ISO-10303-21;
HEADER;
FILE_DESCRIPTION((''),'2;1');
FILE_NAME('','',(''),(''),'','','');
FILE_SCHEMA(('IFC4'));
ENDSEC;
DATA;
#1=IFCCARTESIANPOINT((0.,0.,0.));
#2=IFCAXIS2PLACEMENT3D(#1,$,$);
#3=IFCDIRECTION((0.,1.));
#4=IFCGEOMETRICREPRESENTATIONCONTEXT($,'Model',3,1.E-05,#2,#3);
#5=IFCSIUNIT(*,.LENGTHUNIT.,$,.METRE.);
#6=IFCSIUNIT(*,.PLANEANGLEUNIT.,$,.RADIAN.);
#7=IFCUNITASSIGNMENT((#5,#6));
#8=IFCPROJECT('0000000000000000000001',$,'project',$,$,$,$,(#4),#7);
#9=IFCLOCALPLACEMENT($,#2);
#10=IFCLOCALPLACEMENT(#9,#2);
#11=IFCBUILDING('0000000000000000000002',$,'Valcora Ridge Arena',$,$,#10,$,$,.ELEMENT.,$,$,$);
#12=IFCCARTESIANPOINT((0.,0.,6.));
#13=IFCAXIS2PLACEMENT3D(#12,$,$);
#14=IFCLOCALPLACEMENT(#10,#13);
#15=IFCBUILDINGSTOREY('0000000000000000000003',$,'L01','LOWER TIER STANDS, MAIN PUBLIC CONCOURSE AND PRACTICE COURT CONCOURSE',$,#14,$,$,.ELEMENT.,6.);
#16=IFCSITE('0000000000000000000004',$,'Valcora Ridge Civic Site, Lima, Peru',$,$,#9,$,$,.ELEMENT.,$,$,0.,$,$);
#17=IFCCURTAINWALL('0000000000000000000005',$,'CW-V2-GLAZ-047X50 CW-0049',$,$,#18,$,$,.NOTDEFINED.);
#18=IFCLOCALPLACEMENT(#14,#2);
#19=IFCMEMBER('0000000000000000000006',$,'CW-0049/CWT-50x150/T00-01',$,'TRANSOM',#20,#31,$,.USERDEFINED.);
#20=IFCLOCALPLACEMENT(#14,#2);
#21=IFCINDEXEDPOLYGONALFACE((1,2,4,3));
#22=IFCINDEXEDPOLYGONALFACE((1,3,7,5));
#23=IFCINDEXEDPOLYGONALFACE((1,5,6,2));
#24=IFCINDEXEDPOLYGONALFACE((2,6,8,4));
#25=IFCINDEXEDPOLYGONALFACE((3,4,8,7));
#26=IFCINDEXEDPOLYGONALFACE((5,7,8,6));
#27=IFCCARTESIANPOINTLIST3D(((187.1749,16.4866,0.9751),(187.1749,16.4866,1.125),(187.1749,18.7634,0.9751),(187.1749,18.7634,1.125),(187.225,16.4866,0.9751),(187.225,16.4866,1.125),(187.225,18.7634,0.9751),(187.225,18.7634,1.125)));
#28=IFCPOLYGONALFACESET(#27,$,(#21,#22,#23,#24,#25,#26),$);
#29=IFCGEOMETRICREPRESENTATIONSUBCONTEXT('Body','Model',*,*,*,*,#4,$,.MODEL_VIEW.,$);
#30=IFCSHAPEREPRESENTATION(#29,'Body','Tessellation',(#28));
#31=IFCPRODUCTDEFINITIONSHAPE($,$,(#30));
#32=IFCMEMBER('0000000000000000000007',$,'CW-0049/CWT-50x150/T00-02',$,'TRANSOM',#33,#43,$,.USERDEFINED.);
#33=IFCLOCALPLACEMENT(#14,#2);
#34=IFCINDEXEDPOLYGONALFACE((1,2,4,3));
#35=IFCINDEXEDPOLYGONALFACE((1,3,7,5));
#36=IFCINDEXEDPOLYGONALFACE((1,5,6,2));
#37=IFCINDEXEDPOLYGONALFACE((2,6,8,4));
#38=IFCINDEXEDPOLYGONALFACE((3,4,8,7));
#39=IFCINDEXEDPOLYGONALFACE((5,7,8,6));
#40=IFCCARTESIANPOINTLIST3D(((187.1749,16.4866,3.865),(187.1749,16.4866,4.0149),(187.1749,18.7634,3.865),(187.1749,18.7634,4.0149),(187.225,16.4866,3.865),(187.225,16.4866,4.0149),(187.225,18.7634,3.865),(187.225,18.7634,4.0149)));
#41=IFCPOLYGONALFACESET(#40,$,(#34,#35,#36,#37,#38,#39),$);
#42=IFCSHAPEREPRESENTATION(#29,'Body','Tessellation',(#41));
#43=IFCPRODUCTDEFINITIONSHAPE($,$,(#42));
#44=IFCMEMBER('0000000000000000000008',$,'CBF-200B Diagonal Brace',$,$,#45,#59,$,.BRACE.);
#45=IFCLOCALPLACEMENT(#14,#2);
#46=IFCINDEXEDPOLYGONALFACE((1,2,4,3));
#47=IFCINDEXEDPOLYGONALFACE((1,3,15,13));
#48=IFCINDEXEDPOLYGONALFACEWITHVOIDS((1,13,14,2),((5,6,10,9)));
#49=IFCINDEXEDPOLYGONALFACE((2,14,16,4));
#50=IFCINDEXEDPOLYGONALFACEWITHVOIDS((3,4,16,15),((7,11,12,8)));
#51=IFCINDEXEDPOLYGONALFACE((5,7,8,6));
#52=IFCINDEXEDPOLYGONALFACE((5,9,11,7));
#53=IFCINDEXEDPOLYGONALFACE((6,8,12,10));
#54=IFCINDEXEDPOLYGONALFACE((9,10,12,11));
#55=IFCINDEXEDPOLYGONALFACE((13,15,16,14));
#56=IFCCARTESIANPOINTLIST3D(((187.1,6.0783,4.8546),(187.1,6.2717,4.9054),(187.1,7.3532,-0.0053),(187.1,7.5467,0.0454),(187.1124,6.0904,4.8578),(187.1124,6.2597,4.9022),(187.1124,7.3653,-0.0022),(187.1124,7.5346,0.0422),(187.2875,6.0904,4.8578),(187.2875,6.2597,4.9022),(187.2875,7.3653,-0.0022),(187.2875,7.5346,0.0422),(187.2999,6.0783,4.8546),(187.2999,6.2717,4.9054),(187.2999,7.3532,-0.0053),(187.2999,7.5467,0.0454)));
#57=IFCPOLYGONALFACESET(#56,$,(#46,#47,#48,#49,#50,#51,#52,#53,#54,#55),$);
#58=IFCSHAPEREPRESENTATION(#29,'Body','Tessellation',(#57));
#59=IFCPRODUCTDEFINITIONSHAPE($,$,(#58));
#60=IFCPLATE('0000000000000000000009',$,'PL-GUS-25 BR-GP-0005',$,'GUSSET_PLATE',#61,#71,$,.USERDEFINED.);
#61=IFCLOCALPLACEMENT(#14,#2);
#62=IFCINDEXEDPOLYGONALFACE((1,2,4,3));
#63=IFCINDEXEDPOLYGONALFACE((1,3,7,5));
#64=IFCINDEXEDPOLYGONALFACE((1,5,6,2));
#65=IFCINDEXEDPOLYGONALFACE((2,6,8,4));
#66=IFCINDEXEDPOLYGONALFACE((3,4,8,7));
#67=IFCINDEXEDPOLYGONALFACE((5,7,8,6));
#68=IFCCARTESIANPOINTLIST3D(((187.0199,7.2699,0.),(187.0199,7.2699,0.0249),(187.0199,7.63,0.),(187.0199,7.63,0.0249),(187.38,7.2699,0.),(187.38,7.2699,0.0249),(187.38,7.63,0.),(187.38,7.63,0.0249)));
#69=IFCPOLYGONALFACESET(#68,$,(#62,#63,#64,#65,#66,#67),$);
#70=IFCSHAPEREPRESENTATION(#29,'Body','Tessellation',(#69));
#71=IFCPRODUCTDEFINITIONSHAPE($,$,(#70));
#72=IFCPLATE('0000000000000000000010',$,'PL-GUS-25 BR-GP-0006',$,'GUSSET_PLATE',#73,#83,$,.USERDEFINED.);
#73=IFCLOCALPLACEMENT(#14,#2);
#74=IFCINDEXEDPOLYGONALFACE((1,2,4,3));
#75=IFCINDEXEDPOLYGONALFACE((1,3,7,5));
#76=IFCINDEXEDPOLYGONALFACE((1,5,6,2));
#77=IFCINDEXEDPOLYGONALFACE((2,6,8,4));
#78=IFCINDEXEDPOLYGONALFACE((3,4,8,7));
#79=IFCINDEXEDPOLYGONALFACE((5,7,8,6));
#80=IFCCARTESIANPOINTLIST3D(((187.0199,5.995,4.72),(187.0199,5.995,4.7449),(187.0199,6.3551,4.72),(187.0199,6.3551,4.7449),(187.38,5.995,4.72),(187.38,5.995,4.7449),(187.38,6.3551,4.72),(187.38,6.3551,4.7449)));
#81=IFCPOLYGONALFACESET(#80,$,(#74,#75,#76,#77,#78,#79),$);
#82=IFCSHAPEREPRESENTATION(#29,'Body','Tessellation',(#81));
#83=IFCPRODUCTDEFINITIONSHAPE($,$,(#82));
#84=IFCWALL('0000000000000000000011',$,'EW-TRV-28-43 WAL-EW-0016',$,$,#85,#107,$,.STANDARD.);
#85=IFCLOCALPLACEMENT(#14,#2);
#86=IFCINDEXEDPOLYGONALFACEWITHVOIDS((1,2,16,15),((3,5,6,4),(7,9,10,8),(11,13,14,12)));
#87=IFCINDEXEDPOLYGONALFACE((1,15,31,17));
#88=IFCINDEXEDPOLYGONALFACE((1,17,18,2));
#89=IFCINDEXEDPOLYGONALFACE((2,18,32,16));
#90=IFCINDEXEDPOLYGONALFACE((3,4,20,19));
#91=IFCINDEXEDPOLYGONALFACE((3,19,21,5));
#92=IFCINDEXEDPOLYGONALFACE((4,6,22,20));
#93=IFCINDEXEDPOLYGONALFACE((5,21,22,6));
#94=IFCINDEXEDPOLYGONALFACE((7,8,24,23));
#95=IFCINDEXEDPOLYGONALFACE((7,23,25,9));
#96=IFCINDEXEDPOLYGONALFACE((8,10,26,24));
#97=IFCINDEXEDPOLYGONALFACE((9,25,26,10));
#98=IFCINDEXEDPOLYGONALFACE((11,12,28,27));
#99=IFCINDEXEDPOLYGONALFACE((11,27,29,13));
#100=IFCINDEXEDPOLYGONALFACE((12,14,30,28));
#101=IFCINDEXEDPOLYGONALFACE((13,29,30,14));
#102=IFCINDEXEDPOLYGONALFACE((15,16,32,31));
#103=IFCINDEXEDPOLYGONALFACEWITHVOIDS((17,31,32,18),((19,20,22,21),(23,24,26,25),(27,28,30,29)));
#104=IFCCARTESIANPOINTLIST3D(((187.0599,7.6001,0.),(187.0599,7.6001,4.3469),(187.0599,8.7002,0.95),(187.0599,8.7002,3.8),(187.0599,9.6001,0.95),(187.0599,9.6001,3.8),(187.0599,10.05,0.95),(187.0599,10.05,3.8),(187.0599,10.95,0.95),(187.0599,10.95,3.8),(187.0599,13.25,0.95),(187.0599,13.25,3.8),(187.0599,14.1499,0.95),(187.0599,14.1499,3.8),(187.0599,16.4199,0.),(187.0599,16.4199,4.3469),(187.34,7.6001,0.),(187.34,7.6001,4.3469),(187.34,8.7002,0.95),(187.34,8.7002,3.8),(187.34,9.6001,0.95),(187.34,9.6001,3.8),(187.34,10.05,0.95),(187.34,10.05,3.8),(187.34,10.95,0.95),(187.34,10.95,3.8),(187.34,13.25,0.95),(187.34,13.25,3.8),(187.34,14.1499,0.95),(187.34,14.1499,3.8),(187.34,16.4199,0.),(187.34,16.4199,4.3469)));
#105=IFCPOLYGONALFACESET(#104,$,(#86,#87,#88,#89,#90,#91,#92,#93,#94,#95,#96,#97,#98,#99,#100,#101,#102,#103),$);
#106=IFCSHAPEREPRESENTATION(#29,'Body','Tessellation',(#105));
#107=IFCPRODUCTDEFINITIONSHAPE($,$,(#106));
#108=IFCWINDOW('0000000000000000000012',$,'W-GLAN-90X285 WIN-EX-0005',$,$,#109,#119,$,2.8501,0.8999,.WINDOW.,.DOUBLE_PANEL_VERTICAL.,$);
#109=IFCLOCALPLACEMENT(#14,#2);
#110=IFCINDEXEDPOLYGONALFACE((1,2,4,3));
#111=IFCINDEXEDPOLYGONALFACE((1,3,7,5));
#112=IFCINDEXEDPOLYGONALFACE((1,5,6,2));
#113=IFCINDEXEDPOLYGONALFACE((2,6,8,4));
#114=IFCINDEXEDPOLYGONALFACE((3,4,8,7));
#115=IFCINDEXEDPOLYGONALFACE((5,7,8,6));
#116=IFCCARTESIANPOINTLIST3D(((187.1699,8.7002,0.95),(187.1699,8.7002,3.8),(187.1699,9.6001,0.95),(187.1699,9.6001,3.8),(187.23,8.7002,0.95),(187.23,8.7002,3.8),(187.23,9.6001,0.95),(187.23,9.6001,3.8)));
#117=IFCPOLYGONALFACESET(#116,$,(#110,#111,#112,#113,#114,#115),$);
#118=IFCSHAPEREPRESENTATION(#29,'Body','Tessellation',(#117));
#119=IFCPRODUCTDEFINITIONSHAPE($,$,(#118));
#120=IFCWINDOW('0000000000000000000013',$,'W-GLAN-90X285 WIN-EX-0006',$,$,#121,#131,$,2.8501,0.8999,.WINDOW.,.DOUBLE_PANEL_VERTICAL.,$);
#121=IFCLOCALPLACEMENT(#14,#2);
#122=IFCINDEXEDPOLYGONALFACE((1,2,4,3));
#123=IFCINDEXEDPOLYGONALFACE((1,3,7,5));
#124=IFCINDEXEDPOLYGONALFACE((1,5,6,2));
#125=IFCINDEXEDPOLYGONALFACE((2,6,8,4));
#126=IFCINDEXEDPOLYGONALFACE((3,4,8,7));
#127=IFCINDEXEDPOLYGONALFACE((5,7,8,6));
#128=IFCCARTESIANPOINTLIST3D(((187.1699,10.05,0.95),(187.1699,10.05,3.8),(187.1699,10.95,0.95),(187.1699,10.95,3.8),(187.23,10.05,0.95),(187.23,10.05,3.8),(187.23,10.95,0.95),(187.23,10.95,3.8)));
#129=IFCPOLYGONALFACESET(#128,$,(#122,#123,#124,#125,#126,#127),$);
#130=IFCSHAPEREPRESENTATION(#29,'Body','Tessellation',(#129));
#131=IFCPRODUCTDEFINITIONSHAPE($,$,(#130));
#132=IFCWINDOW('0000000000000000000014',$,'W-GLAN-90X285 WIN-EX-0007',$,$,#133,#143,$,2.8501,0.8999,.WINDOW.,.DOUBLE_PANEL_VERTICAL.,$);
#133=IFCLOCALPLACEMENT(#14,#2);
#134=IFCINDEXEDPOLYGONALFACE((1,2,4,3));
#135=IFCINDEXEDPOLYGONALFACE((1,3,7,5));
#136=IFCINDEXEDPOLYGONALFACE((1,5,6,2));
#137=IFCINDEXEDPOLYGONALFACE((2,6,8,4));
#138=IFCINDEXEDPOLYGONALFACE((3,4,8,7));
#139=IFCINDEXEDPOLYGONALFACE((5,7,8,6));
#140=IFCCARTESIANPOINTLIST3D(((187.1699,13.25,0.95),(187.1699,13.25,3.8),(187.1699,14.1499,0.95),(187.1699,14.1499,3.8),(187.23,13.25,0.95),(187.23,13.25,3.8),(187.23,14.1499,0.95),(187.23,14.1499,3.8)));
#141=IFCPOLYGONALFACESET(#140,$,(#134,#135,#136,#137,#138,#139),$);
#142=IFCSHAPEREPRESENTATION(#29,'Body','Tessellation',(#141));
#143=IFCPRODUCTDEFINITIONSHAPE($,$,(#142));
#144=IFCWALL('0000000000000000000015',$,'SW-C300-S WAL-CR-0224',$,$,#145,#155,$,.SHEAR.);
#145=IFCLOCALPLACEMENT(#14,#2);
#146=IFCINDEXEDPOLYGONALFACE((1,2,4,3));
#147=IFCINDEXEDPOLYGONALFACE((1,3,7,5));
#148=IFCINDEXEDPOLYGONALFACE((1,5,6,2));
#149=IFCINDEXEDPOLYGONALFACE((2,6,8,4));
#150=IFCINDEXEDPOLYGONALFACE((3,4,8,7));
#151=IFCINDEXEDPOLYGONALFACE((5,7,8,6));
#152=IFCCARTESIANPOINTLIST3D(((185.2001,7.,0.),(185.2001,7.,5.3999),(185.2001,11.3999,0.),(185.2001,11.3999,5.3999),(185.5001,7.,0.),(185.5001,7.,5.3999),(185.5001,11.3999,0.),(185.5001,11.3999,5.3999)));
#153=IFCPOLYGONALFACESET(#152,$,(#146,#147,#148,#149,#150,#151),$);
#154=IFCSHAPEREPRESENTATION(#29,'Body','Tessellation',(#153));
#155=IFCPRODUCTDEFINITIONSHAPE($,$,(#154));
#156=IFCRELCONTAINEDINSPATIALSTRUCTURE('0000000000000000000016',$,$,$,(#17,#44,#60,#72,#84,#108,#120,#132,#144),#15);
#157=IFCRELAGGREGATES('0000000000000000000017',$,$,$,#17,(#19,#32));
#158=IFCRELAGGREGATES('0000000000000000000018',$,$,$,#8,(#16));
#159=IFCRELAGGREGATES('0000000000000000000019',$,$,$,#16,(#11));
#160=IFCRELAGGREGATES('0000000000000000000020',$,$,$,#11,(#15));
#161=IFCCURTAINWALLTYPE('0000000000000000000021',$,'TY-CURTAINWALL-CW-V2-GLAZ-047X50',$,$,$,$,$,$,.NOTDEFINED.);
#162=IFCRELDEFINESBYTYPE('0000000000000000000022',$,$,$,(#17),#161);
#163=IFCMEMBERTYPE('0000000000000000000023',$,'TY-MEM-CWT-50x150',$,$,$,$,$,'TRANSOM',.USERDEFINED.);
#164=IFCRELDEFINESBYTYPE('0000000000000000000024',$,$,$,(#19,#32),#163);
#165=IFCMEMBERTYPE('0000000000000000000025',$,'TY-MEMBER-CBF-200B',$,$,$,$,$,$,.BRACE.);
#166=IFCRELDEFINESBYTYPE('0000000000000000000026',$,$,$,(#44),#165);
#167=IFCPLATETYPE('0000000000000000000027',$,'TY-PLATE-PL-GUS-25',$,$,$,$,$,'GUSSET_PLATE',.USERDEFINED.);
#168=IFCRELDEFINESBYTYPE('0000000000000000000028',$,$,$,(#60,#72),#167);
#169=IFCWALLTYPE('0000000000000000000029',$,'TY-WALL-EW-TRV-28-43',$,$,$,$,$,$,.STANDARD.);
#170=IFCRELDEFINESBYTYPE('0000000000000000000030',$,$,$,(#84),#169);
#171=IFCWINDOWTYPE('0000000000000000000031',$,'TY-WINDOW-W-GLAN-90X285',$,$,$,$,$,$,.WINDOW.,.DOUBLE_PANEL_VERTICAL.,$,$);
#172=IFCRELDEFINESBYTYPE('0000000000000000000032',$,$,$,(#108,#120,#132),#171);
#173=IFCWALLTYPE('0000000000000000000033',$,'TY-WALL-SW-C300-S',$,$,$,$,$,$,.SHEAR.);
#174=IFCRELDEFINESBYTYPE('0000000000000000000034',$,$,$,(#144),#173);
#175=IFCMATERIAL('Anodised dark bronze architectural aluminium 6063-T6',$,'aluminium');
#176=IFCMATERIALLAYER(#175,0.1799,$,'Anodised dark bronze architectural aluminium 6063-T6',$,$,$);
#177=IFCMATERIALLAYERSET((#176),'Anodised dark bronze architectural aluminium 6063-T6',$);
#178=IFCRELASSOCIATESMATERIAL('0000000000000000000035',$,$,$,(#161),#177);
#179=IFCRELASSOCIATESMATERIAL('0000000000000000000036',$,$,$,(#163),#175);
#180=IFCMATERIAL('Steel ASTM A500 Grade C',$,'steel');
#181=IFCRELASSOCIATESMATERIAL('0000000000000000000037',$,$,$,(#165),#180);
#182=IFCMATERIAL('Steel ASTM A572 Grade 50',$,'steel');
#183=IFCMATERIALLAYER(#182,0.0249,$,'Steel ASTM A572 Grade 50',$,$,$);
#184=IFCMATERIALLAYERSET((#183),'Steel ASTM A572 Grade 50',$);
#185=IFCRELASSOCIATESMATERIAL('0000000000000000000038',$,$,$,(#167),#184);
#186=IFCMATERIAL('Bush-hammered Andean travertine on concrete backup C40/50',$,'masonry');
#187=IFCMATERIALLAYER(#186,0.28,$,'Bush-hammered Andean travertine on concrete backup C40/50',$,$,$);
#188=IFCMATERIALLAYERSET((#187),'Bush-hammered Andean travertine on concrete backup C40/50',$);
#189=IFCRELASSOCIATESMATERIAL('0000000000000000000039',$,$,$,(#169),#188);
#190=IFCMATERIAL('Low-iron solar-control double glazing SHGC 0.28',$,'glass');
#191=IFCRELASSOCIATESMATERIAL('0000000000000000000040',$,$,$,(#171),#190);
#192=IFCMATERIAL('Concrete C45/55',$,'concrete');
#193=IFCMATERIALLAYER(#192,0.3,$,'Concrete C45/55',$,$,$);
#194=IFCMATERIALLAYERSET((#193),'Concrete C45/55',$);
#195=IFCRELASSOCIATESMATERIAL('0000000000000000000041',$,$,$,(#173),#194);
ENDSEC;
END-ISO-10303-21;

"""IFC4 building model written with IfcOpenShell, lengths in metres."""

from ifc_helpers import new_model, si_unit, direction, frame, frame_2d, origin, origin_2d, place, context, subcontext, project, spatial, rectangle, hollow_rectangle, extrude, material, layer, layer_set, material_profile, profile_set, type_object, element, fill, aggregate, save


model = new_model("IFC4")

# Units and contexts
model_context = context("Model", 3, precision=1e-05, world=origin(), true_north=direction((0.0, 1.0)))
body_context = subcontext(model_context, "Body", "Model", "MODEL_VIEW")
ifc_project = project(units=[si_unit("LENGTHUNIT", "METRE"), si_unit("PLANEANGLEUNIT", "RADIAN")], contexts=[model_context])

# Site, building, storey
site_placement = place(None, origin())
site = spatial("IfcSite", under=ifc_project, at=site_placement, Name="Valcora Ridge Civic Site, Lima, Peru", CompositionType="ELEMENT", RefElevation=0.0)
building_placement = place(site_placement, origin())
building = spatial("IfcBuilding", under=site, at=building_placement, Name="Valcora Ridge Arena", CompositionType="ELEMENT")
storey_placement = place(building_placement, frame((0.0, 0.0, 6.0)))
storey = spatial("IfcBuildingStorey", under=building, at=storey_placement, Name="L01", Description="LOWER TIER STANDS, MAIN PUBLIC CONCOURSE AND PRACTICE COURT CONCOURSE", CompositionType="ELEMENT", Elevation=6.0)

# Shared definitions
ifc_material_1 = material(Name="Steel ASTM A500 Grade C", Category="steel")
ifc_material_2 = material(Name="Steel ASTM A572 Grade 50", Category="steel")

# Curtain wall, members
ifc_material_3 = material(Name="Anodised dark bronze architectural aluminium 6063-T6", Category="aluminium")
ifc_layer_1 = layer(ifc_material_3, 0.1799, Name="Anodised dark bronze architectural aluminium 6063-T6")
ifc_layer_set_1 = layer_set([ifc_layer_1], Name="Anodised dark bronze architectural aluminium 6063-T6")
curtain_wall_type = type_object("IfcCurtainWallType", Name="TY-CURTAINWALL-CW-V2-GLAZ-047X50", PredefinedType="NOTDEFINED", material=ifc_layer_set_1)
curtain_wall_placement = place(storey_placement, origin())
curtain_wall = element("IfcCurtainWall", 1, at=curtain_wall_placement, inside=storey, type_object=curtain_wall_type, Name="CW-V2-GLAZ-047X50 CW-0049", PredefinedType="NOTDEFINED")
ifc_material_profile_1 = material_profile(ifc_material_3, rectangle(XDim=0.05, YDim=0.1499, at=origin_2d()), Name="ALU TRANSOM 50x150")
ifc_profile_set_1 = profile_set([ifc_material_profile_1], Name="Anodised dark bronze architectural aluminium 6063-T6")
member_type_1 = type_object("IfcMemberType", Name="TY-MEM-CWT-50x150", ElementType="TRANSOM", PredefinedType="USERDEFINED", material=ifc_profile_set_1)
member_1_placement = place(storey_placement, frame((187.2, 16.4866, 1.05), z_axis=(0.0, 1.0, 0.0), x_axis=(-1.0, 0.0, 0.0)))
member_1 = element("IfcMember", 2, at=member_1_placement, type_object=member_type_1, Name="CW-0049/CWT-50x150/T00-01", ObjectType="TRANSOM", PredefinedType="USERDEFINED", context=body_context, shape_type="SweptSolid", body=[
    extrude(rectangle(XDim=0.05, YDim=0.1499, at=origin_2d()), origin(), (0.0, 0.0, 1.0), 2.2769),
])
member_2_placement = place(storey_placement, frame((187.2, 16.4866, 3.9399), z_axis=(0.0, 1.0, 0.0), x_axis=(-1.0, 0.0, 0.0)))
member_2 = element("IfcMember", 3, at=member_2_placement, type_object=member_type_1, Name="CW-0049/CWT-50x150/T00-02", ObjectType="TRANSOM", PredefinedType="USERDEFINED", context=body_context, shape_type="SweptSolid", body=[
    extrude(rectangle(XDim=0.05, YDim=0.1499, at=origin_2d()), origin(), (0.0, 0.0, 1.0), 2.2769),
])
aggregate(curtain_wall, [member_1, member_2])

# Member
ifc_material_profile_2 = material_profile(ifc_material_1, hollow_rectangle(XDim=0.2, YDim=0.2, WallThickness=0.0125, at=origin_2d()), Name="HSS200X200X12")
ifc_profile_set_2 = profile_set([ifc_material_profile_2], Name="Steel ASTM A500 Grade C")
member_type_2 = type_object("IfcMemberType", Name="TY-MEMBER-CBF-200B", PredefinedType="BRACE", material=ifc_profile_set_2)
member_3_placement = place(storey_placement, frame((187.2, 7.45, 0.02), z_axis=(0.0, -0.253747, 0.967271), x_axis=(1.0, 0.0, 0.0)))
element("IfcMember", 4, at=member_3_placement, inside=storey, type_object=member_type_2, Name="CBF-200B Diagonal Brace", PredefinedType="BRACE", context=body_context, shape_type="SweptSolid", body=[
    extrude(hollow_rectangle(XDim=0.2, YDim=0.2, WallThickness=0.0125, at=origin_2d()), origin(), (0.0, 0.0, 1.0), 5.0244),
])

# Plates
ifc_layer_2 = layer(ifc_material_2, 0.0249, Name="Steel ASTM A572 Grade 50")
ifc_layer_set_2 = layer_set([ifc_layer_2], Name="Steel ASTM A572 Grade 50")
plate_type = type_object("IfcPlateType", Name="TY-PLATE-PL-GUS-25", ElementType="GUSSET_PLATE", PredefinedType="USERDEFINED", material=ifc_layer_set_2)
for number, where, z_axis, x_axis, name in (
    (5, (187.2, 7.45, 0.0), (0.0, 0.0, 1.0), (1.0, 0.0, 0.0), "PL-GUS-25 BR-GP-0005"),
    (6, (187.2, 6.175, 4.72), (0.0, 0.0, 1.0), (1.0, 0.0, 0.0), "PL-GUS-25 BR-GP-0006"),
):
    element("IfcPlate", number, at=place(storey_placement, frame(where, z_axis=z_axis, x_axis=x_axis)), inside=storey, type_object=plate_type, Name=name, ObjectType="GUSSET_PLATE", PredefinedType="USERDEFINED", context=body_context, shape_type="SweptSolid", body=[
        extrude(rectangle(XDim=0.3601, YDim=0.3601, at=origin_2d()), origin(), (0.0, 0.0, 1.0), 0.0249),
    ])

# Wall, openings, windows
ifc_material_4 = material(Name="Bush-hammered Andean travertine on concrete backup C40/50", Category="masonry")
ifc_layer_3 = layer(ifc_material_4, 0.28, Name="Bush-hammered Andean travertine on concrete backup C40/50")
ifc_layer_set_3 = layer_set([ifc_layer_3], Name="Bush-hammered Andean travertine on concrete backup C40/50")
wall_type_1 = type_object("IfcWallType", Name="TY-WALL-EW-TRV-28-43", PredefinedType="STANDARD", material=ifc_layer_set_3)
wall_1_placement = place(storey_placement, frame((187.2, 7.6001, 0.0), z_axis=(0.0, 0.0, 1.0), x_axis=(0.0, 1.0, 0.0)))
wall_1 = element("IfcWall", 7, at=wall_1_placement, inside=storey, type_object=wall_type_1, Name="EW-TRV-28-43 WAL-EW-0016", PredefinedType="STANDARD", context=body_context, shape_type="SweptSolid", body=[
    extrude(rectangle(XDim=8.8198, YDim=0.28, at=frame_2d((4.4099, 0.0))), origin(), (0.0, 0.0, 1.0), 4.3469),
])
opening_1_placement = place(wall_1_placement, frame((1.1001, 0.0, 0.95)))
opening_1 = element("IfcOpeningElement", 8, at=opening_1_placement, cuts=wall_1, PredefinedType="OPENING", context=body_context, shape_type="SweptSolid", body=[
    extrude(rectangle(XDim=0.8999, YDim=2.8501, at=frame_2d((0.45, 1.425))), frame((0.0, 0.1499, 0.0), z_axis=(0.0, -1.0, 0.0), x_axis=(1.0, 0.0, 0.0)), (0.0, 0.0, 1.0), 0.3),
])
opening_2_placement = place(wall_1_placement, frame((2.45, 0.0, 0.95)))
opening_2 = element("IfcOpeningElement", 9, at=opening_2_placement, cuts=wall_1, PredefinedType="OPENING", context=body_context, shape_type="SweptSolid", body=[
    extrude(rectangle(XDim=0.8999, YDim=2.8501, at=frame_2d((0.45, 1.425))), frame((0.0, 0.1499, 0.0), z_axis=(0.0, -1.0, 0.0), x_axis=(1.0, 0.0, 0.0)), (0.0, 0.0, 1.0), 0.3),
])
opening_3_placement = place(wall_1_placement, frame((5.6499, 0.0, 0.95)))
opening_3 = element("IfcOpeningElement", 10, at=opening_3_placement, cuts=wall_1, PredefinedType="OPENING", context=body_context, shape_type="SweptSolid", body=[
    extrude(rectangle(XDim=0.8999, YDim=2.8501, at=frame_2d((0.45, 1.425))), frame((0.0, 0.1499, 0.0), z_axis=(0.0, -1.0, 0.0), x_axis=(1.0, 0.0, 0.0)), (0.0, 0.0, 1.0), 0.3),
])
ifc_material_5 = material(Name="Low-iron solar-control double glazing SHGC 0.28", Category="glass")
window_type = type_object("IfcWindowType", Name="TY-WINDOW-W-GLAN-90X285", PartitioningType="DOUBLE_PANEL_VERTICAL", PredefinedType="WINDOW", material=ifc_material_5)
window_1_placement = place(opening_1_placement, origin())
window_1 = element("IfcWindow", 11, at=window_1_placement, inside=storey, type_object=window_type, Name="W-GLAN-90X285 WIN-EX-0005", OverallHeight=2.8501, OverallWidth=0.8999, PartitioningType="DOUBLE_PANEL_VERTICAL", PredefinedType="WINDOW", context=body_context, shape_type="SweptSolid", body=[
    extrude(rectangle(XDim=0.8999, YDim=2.8501, at=frame_2d((0.45, 1.425))), frame((0.0, 0.03, 0.0), z_axis=(0.0, -1.0, 0.0), x_axis=(1.0, 0.0, 0.0)), (0.0, 0.0, 1.0), 0.0601),
])
fill(opening_1, window_1)
window_2_placement = place(opening_2_placement, origin())
window_2 = element("IfcWindow", 12, at=window_2_placement, inside=storey, type_object=window_type, Name="W-GLAN-90X285 WIN-EX-0006", OverallHeight=2.8501, OverallWidth=0.8999, PartitioningType="DOUBLE_PANEL_VERTICAL", PredefinedType="WINDOW", context=body_context, shape_type="SweptSolid", body=[
    extrude(rectangle(XDim=0.8999, YDim=2.8501, at=frame_2d((0.45, 1.425))), frame((0.0, 0.03, 0.0), z_axis=(0.0, -1.0, 0.0), x_axis=(1.0, 0.0, 0.0)), (0.0, 0.0, 1.0), 0.0601),
])
fill(opening_2, window_2)
window_3_placement = place(opening_3_placement, origin())
window_3 = element("IfcWindow", 13, at=window_3_placement, inside=storey, type_object=window_type, Name="W-GLAN-90X285 WIN-EX-0007", OverallHeight=2.8501, OverallWidth=0.8999, PartitioningType="DOUBLE_PANEL_VERTICAL", PredefinedType="WINDOW", context=body_context, shape_type="SweptSolid", body=[
    extrude(rectangle(XDim=0.8999, YDim=2.8501, at=frame_2d((0.45, 1.425))), frame((0.0, 0.03, 0.0), z_axis=(0.0, -1.0, 0.0), x_axis=(1.0, 0.0, 0.0)), (0.0, 0.0, 1.0), 0.0601),
])
fill(opening_3, window_3)

# Wall
ifc_material_6 = material(Name="Concrete C45/55", Category="concrete")
ifc_layer_4 = layer(ifc_material_6, 0.3, Name="Concrete C45/55")
ifc_layer_set_4 = layer_set([ifc_layer_4], Name="Concrete C45/55")
wall_type_2 = type_object("IfcWallType", Name="TY-WALL-SW-C300-S", PredefinedType="SHEAR", material=ifc_layer_set_4)
wall_2_placement = place(storey_placement, frame((185.3501, 7.0, 0.0), z_axis=(0.0, 0.0, 1.0), x_axis=(0.0, 1.0, 0.0)))
element("IfcWall", 14, at=wall_2_placement, inside=storey, type_object=wall_type_2, Name="SW-C300-S WAL-CR-0224", PredefinedType="SHEAR", context=body_context, shape_type="SweptSolid", body=[
    extrude(rectangle(XDim=4.3999, YDim=0.3, at=frame_2d((2.2, 0.0))), origin(), (0.0, 0.0, 1.0), 5.3999),
])

save(model, "model.ifc")
